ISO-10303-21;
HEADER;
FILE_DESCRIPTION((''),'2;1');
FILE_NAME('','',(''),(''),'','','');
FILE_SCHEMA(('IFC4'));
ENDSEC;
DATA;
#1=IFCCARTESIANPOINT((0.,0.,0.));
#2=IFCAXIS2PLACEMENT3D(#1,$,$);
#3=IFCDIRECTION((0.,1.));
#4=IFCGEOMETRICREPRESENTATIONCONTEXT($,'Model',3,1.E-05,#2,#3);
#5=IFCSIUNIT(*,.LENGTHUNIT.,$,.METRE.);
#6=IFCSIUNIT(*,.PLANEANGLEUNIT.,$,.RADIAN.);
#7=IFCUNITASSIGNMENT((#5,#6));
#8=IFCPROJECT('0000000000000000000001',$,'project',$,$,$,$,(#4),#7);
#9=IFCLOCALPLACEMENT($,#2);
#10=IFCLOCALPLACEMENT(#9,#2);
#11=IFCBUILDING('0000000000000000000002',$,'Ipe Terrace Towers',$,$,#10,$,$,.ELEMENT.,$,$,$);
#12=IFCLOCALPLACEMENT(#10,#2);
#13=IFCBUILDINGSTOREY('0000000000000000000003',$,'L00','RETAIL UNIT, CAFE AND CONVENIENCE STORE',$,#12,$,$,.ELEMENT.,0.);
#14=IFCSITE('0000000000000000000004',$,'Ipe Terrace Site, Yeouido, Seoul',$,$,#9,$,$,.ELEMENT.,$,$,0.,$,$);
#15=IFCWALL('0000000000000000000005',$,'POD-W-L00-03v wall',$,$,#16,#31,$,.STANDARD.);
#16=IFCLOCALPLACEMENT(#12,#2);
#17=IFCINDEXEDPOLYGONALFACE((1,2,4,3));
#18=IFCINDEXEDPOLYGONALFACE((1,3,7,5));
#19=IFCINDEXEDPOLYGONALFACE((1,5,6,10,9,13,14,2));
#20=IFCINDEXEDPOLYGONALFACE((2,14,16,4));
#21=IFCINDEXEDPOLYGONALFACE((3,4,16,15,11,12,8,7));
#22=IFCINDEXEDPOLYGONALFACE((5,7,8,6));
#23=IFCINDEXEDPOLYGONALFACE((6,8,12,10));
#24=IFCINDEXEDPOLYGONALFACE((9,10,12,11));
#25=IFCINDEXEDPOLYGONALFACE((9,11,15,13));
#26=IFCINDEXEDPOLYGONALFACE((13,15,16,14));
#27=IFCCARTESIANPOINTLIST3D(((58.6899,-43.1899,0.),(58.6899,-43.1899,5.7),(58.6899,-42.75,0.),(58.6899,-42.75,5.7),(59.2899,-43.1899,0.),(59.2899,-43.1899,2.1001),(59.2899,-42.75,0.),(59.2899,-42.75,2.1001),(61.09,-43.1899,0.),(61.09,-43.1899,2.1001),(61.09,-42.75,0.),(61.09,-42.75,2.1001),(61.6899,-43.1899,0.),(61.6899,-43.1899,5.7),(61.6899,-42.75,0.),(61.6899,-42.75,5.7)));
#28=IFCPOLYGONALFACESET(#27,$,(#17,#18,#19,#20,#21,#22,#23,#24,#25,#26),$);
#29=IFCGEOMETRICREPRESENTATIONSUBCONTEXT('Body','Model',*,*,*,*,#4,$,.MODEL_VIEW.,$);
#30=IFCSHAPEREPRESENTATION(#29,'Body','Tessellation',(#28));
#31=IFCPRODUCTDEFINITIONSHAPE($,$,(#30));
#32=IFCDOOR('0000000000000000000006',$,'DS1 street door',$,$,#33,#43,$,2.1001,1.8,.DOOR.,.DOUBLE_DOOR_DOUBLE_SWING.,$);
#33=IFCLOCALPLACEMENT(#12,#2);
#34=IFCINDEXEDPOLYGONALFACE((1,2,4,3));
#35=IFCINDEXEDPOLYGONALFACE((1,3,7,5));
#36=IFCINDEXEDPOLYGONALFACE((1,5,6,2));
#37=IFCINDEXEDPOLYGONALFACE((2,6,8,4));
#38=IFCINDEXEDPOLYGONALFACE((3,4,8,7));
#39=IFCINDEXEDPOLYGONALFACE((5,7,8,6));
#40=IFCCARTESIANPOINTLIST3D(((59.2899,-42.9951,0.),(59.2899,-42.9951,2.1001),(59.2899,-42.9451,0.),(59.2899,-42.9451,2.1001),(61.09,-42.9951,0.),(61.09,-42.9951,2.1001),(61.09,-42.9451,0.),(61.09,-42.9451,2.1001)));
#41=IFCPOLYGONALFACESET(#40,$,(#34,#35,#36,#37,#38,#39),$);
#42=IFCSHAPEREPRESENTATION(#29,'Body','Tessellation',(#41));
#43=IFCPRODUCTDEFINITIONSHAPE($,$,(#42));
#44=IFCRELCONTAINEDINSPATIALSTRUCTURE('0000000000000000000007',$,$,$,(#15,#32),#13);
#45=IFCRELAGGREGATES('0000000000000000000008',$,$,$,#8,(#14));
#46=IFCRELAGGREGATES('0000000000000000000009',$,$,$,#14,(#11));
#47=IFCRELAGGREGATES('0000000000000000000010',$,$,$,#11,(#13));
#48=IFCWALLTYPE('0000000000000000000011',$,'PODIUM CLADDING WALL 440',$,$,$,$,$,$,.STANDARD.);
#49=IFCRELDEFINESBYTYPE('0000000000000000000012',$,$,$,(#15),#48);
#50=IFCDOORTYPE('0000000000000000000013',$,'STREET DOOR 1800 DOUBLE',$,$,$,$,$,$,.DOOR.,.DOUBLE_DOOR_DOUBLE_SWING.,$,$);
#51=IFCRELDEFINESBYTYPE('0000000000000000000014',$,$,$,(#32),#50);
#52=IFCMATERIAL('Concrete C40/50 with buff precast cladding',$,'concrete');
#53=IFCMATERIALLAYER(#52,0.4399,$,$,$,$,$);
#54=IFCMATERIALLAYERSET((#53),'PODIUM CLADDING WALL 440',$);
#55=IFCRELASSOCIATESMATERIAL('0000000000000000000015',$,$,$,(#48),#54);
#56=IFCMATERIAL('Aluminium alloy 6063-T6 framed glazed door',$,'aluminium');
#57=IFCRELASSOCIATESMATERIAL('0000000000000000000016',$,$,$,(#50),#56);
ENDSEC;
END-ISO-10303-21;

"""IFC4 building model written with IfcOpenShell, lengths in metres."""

from ifc_helpers import new_model, si_unit, direction, frame, frame_2d, origin, place, context, subcontext, project, spatial, rectangle, extrude, material, layer, layer_set, type_object, element, fill, save


model = new_model("IFC4")

# Units and contexts
model_context = context("Model", 3, precision=1e-05, world=origin(), true_north=direction((0.0, 1.0)))
body_context = subcontext(model_context, "Body", "Model", "MODEL_VIEW")
ifc_project = project(units=[si_unit("LENGTHUNIT", "METRE"), si_unit("PLANEANGLEUNIT", "RADIAN")], contexts=[model_context])

# Site, building, storey
site_placement = place(None, origin())
site = spatial("IfcSite", under=ifc_project, at=site_placement, Name="Ipe Terrace Site, Yeouido, Seoul", CompositionType="ELEMENT", RefElevation=0.0)
building_placement = place(site_placement, origin())
building = spatial("IfcBuilding", under=site, at=building_placement, Name="Ipe Terrace Towers", CompositionType="ELEMENT")
storey_placement = place(building_placement, origin())
storey = spatial("IfcBuildingStorey", under=building, at=storey_placement, Name="L00", Description="RETAIL UNIT, CAFE AND CONVENIENCE STORE", CompositionType="ELEMENT", Elevation=0.0)

# Wall, opening, door
ifc_material_1 = material(Name="Concrete C40/50 with buff precast cladding", Category="concrete")
ifc_layer_1 = layer(ifc_material_1, 0.4399)
ifc_layer_set_1 = layer_set([ifc_layer_1], Name="PODIUM CLADDING WALL 440")
wall_type_1 = type_object("IfcWallType", Name="PODIUM CLADDING WALL 440", PredefinedType="STANDARD", material=ifc_layer_set_1)
wall_1_placement = place(storey_placement, frame((58.6899, -42.97, 0.0), z_axis=(0.0, 0.0, 1.0), x_axis=(1.0, 0.0, 0.0)))
wall_1 = element("IfcWall", 1, at=wall_1_placement, inside=storey, type_object=wall_type_1, Name="POD-W-L00-03v wall", PredefinedType="STANDARD", context=body_context, shape_type="SweptSolid", body=[
    extrude(rectangle(XDim=3.0, YDim=0.4399, at=frame_2d((1.5, 0.0))), origin(), (0.0, 0.0, 1.0), 5.7),
])
opening_1_placement = place(wall_1_placement, frame((0.6001, 0.0, 0.0)))
opening_1 = element("IfcOpeningElement", 2, at=opening_1_placement, cuts=wall_1, PredefinedType="OPENING", context=body_context, shape_type="SweptSolid", body=[
    extrude(rectangle(XDim=1.8, YDim=2.1001, at=frame_2d((0.8999, 1.05))), frame((0.0, 0.23, 0.0), z_axis=(0.0, -1.0, 0.0), x_axis=(1.0, 0.0, 0.0)), (0.0, 0.0, 1.0), 0.46),
])
ifc_material_2 = material(Name="Aluminium alloy 6063-T6 framed glazed door", Category="aluminium")
door_type_1 = type_object("IfcDoorType", Name="STREET DOOR 1800 DOUBLE", OperationType="DOUBLE_DOOR_DOUBLE_SWING", PredefinedType="DOOR", material=ifc_material_2)
door_1_placement = place(opening_1_placement, origin())
door_1 = element("IfcDoor", 3, at=door_1_placement, inside=storey, type_object=door_type_1, Name="DS1 street door", OperationType="DOUBLE_DOOR_DOUBLE_SWING", OverallHeight=2.1001, OverallWidth=1.8, PredefinedType="DOOR", context=body_context, shape_type="SweptSolid", body=[
    extrude(rectangle(XDim=1.8, YDim=2.1001, at=frame_2d((0.8999, 1.05))), frame((0.0, 0.0249, 0.0), z_axis=(0.0, -1.0, 0.0), x_axis=(1.0, 0.0, 0.0)), (0.0, 0.0, 1.0), 0.05),
])
fill(opening_1, door_1)

save(model, "model.ifc")
